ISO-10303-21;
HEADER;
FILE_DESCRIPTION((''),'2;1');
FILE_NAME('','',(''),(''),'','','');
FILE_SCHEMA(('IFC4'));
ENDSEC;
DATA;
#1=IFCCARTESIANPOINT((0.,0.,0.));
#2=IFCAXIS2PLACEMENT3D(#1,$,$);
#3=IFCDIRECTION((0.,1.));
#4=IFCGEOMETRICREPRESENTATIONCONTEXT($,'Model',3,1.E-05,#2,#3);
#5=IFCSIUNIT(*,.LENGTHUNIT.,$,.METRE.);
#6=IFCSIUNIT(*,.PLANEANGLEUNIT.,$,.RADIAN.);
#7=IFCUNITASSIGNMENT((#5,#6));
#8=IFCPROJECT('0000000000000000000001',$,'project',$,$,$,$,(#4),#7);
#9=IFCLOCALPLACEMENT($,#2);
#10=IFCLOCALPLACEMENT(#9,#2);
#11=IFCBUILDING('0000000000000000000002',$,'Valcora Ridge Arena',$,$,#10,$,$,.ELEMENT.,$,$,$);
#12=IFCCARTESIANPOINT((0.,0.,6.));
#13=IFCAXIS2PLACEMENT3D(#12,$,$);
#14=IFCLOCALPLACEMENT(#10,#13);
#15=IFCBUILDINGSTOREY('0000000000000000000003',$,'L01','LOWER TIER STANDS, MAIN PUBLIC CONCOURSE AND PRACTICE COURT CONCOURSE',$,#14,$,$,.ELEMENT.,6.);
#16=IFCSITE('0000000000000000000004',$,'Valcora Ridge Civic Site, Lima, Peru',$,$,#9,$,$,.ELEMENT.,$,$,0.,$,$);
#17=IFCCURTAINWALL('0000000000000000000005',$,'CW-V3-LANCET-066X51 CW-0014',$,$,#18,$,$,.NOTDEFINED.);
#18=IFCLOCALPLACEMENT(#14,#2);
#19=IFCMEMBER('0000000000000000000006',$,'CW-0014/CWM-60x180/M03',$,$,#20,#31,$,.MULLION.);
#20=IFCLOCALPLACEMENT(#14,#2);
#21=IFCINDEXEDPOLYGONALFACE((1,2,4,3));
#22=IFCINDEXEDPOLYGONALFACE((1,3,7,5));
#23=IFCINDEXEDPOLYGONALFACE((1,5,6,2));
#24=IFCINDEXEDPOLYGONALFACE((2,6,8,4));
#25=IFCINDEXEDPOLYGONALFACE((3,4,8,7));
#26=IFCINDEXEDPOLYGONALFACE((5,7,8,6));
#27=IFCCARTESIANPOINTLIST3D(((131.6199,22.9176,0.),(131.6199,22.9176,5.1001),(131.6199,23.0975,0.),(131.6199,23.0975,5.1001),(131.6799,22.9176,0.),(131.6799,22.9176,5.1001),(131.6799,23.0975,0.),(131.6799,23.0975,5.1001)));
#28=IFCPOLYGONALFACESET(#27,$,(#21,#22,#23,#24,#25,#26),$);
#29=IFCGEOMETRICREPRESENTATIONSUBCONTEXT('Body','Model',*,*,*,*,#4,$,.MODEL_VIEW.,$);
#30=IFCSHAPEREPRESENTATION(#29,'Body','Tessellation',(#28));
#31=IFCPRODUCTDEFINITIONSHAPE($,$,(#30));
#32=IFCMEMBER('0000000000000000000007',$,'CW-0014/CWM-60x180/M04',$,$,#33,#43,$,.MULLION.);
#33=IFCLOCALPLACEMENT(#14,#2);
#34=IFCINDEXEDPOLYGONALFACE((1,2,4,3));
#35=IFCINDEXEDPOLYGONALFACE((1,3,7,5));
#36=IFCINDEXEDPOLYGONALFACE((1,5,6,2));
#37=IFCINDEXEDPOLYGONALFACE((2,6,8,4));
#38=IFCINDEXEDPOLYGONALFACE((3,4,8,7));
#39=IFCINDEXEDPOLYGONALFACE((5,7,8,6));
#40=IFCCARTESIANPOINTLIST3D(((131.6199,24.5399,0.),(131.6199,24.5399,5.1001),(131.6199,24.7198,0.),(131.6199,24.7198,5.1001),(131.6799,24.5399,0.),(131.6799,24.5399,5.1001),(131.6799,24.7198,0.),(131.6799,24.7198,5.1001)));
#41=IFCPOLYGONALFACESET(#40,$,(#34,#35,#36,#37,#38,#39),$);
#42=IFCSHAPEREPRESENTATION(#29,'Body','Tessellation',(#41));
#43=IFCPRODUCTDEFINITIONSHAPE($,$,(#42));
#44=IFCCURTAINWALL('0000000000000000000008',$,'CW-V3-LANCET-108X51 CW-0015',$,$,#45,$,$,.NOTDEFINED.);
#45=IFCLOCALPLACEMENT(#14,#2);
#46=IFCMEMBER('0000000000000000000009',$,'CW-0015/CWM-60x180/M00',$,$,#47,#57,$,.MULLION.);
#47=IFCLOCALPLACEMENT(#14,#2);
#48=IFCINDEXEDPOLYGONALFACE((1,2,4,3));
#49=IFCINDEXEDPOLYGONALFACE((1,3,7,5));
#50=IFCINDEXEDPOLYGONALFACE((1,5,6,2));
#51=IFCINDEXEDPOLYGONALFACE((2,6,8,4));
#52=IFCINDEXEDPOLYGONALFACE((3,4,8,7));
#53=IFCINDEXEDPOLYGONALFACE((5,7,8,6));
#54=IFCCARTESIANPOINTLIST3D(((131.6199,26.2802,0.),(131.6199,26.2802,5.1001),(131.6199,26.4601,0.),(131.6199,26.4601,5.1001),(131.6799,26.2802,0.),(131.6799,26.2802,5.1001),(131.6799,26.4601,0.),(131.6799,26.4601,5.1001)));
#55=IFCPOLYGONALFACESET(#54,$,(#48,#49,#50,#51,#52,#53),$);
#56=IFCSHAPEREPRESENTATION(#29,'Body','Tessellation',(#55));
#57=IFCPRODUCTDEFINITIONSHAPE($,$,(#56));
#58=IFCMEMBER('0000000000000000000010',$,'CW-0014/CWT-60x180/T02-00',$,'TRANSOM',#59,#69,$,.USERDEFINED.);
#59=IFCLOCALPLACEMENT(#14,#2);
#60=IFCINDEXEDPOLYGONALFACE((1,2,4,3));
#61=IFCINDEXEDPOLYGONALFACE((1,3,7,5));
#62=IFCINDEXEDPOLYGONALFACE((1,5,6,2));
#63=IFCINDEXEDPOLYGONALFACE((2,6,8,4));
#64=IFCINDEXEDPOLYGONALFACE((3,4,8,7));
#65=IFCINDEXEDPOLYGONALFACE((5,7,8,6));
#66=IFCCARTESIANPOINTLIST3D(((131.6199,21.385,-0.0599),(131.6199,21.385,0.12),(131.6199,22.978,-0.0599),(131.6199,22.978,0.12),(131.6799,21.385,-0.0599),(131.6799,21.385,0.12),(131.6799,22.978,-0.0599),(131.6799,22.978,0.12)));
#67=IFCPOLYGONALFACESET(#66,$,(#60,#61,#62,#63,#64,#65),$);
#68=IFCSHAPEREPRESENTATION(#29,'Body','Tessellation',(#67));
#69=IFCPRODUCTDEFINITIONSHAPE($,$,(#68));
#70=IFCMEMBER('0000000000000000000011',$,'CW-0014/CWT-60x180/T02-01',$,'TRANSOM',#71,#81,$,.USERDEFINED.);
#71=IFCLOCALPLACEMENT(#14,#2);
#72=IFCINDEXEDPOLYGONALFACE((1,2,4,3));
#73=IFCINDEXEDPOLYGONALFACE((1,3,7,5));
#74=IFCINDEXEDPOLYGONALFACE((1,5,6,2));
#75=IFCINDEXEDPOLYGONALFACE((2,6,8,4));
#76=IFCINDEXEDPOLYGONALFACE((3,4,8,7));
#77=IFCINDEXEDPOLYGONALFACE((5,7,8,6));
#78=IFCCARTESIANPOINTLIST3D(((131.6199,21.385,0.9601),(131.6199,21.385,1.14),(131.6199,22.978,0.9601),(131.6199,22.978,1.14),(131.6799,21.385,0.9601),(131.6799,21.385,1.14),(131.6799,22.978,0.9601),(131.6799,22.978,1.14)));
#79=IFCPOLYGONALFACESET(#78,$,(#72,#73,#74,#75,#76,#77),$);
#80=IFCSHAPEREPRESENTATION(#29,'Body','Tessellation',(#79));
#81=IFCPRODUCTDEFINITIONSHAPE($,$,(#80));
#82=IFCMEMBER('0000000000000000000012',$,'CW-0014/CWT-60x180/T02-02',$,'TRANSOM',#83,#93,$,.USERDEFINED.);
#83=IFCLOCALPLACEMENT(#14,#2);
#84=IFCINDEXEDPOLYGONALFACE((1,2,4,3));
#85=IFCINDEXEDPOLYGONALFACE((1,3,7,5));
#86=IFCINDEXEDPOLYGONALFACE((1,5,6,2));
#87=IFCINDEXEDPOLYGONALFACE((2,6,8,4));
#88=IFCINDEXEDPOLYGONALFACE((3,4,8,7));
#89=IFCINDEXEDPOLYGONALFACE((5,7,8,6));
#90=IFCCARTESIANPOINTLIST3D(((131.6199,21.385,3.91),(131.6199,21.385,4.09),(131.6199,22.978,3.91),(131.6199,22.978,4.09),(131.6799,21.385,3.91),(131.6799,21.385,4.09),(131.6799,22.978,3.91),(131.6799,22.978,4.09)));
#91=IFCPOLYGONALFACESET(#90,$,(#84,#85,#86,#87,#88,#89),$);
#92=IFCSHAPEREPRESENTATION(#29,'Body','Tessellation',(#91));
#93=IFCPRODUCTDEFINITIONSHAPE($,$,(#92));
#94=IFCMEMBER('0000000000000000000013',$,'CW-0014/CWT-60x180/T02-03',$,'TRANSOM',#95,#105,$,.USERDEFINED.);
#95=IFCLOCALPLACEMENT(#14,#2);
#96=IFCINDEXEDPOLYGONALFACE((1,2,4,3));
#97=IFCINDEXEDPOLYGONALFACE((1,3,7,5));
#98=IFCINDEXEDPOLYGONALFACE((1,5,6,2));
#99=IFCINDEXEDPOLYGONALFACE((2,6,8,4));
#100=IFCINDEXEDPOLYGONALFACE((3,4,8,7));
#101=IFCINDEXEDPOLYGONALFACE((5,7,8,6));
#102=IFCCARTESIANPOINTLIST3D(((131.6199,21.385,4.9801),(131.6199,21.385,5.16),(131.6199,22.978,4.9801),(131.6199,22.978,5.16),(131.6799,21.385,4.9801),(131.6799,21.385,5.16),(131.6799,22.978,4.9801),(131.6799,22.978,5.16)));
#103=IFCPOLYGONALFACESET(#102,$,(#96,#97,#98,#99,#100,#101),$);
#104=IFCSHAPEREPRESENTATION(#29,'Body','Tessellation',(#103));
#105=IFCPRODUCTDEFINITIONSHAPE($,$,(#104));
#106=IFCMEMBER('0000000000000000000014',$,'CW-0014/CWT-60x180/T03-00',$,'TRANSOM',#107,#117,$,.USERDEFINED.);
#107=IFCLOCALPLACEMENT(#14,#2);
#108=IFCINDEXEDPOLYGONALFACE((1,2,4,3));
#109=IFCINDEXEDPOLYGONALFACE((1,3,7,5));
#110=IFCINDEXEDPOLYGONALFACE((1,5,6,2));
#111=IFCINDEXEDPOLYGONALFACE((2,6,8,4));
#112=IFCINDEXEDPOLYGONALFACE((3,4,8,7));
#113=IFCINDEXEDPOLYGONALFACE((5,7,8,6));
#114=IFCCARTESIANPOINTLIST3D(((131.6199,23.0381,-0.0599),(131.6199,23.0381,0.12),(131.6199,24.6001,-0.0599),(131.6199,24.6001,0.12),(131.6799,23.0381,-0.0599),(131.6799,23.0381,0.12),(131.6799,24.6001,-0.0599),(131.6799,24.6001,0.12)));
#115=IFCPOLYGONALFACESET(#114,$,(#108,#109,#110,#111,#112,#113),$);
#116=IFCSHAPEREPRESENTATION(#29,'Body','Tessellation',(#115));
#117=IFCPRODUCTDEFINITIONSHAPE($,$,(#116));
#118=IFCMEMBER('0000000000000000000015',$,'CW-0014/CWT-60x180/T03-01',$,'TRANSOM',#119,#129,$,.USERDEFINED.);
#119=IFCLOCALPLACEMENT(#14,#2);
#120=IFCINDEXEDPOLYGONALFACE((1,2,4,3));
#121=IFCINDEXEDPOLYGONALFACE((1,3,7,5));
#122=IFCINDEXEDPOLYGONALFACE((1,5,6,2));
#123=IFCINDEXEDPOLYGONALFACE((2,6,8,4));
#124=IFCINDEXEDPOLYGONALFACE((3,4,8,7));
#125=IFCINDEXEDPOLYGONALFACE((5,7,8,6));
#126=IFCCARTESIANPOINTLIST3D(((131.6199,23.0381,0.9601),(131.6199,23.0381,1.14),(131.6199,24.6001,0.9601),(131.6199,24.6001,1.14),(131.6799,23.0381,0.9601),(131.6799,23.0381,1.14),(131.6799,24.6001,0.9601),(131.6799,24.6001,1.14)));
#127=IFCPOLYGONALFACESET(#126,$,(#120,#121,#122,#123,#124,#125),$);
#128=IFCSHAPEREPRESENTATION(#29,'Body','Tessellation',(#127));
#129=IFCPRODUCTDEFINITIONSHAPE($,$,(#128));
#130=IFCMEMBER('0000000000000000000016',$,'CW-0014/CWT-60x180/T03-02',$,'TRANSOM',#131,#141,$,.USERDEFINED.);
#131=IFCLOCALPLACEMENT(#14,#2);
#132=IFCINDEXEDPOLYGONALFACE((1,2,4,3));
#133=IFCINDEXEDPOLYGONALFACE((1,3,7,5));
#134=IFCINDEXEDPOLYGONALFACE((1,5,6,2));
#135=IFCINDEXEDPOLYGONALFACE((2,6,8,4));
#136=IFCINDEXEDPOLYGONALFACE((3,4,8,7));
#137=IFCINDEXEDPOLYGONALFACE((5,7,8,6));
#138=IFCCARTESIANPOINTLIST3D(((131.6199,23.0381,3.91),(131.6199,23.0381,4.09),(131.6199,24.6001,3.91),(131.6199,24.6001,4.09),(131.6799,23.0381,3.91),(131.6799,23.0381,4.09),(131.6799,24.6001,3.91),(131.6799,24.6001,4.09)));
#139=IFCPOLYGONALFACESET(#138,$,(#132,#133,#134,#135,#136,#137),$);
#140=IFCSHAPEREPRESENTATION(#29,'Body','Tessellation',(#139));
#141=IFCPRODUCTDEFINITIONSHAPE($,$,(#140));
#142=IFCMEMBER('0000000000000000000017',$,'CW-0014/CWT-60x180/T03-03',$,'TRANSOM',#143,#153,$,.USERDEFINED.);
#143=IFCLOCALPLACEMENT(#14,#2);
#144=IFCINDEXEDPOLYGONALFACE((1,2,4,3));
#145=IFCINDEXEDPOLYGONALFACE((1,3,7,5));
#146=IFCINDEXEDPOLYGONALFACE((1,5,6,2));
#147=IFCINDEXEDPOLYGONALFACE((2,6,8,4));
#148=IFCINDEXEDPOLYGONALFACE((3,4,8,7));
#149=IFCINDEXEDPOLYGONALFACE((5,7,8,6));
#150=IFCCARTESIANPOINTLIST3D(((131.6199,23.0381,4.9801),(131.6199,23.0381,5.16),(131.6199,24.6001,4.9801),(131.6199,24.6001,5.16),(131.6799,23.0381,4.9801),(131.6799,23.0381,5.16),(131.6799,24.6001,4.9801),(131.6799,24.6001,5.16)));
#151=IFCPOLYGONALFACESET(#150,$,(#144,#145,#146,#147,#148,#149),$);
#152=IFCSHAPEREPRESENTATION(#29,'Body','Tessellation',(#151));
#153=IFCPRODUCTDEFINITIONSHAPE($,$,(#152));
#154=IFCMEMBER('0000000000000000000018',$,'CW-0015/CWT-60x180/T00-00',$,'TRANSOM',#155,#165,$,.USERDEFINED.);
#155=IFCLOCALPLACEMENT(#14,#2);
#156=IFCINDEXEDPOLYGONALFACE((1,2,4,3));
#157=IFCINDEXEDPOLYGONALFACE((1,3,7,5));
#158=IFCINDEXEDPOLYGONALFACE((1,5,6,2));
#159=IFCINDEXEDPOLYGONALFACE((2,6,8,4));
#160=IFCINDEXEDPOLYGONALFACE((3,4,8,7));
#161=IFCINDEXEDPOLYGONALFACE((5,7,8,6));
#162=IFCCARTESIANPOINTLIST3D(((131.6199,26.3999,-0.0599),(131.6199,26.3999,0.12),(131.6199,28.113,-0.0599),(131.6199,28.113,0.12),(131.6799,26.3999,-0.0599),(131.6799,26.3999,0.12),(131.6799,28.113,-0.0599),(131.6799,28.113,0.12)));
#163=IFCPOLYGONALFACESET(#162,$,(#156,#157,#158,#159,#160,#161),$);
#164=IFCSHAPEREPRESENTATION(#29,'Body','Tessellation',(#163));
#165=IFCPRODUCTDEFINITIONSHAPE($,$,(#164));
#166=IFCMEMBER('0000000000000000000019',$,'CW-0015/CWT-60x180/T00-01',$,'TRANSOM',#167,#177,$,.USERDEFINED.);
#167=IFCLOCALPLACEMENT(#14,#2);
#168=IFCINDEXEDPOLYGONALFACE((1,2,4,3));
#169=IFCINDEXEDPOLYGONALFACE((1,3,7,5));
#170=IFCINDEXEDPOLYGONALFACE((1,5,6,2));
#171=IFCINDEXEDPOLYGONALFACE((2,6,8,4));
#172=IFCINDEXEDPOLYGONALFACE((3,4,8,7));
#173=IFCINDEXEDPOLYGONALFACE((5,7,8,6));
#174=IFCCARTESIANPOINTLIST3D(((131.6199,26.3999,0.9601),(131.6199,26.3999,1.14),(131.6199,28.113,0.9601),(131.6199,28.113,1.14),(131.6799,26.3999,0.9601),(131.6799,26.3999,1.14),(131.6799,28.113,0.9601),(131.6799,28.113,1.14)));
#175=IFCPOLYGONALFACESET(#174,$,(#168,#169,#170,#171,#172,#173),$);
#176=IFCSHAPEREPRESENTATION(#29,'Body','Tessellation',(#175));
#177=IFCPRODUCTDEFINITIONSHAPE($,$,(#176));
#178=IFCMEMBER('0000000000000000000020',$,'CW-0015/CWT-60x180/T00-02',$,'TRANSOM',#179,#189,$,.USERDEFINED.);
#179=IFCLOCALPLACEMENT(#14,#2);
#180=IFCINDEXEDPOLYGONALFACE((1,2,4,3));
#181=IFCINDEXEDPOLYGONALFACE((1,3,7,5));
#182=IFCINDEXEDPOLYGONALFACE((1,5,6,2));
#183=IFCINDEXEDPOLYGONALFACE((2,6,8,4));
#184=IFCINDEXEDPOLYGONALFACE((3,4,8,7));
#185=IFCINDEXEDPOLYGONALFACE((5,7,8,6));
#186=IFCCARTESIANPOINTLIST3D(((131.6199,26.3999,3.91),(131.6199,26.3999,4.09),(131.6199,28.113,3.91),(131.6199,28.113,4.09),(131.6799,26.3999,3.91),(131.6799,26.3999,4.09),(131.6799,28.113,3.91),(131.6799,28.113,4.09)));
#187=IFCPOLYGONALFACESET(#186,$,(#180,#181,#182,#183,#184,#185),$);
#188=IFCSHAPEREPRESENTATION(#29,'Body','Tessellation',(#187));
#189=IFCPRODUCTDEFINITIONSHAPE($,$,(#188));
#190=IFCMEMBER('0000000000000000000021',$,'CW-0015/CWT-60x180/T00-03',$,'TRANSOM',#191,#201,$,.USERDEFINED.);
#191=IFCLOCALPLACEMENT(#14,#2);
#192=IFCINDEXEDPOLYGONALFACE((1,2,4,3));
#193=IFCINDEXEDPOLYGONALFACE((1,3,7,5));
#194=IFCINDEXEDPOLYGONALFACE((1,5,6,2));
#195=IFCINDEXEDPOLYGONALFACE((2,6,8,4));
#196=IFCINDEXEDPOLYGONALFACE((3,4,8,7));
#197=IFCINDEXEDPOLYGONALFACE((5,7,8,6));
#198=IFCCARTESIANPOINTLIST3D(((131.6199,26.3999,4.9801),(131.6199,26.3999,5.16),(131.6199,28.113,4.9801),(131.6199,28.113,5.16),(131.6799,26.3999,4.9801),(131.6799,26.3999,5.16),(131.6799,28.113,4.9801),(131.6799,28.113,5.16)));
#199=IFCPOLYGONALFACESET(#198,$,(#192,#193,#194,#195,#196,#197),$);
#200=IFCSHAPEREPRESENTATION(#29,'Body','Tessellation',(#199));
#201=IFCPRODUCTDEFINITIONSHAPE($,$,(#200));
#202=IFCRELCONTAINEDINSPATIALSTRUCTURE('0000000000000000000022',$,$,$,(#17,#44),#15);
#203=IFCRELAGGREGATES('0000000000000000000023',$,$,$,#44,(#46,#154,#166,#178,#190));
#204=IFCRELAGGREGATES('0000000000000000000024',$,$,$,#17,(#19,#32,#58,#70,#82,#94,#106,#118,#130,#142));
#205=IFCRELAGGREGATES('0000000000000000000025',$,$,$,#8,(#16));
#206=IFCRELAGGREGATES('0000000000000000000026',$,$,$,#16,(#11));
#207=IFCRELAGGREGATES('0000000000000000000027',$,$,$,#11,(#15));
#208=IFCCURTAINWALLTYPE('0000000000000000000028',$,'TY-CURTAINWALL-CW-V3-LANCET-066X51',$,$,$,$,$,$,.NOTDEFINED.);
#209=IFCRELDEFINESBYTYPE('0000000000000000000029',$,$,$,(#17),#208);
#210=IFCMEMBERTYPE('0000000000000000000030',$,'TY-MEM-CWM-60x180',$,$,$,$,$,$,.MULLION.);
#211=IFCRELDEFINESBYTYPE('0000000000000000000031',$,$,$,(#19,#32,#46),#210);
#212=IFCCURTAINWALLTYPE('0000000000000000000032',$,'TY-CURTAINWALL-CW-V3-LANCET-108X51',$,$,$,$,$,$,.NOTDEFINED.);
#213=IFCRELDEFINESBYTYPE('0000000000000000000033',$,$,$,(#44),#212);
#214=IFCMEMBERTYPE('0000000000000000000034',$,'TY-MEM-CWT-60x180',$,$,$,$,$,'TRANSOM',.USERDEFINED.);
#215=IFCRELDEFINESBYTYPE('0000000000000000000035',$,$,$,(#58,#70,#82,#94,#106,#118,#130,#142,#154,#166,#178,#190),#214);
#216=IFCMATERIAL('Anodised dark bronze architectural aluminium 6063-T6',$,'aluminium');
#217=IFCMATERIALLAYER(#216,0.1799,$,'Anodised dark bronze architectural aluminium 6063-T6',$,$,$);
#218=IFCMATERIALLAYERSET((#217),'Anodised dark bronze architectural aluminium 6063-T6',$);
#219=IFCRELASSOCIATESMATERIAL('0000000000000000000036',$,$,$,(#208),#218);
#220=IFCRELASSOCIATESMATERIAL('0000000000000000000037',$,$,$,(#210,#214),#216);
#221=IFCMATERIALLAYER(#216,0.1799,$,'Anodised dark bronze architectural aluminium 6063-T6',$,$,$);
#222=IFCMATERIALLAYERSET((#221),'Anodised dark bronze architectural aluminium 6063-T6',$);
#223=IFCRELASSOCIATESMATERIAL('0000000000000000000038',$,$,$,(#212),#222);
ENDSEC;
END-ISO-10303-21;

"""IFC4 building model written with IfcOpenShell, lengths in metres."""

from ifc_helpers import new_model, si_unit, direction, frame, origin, origin_2d, place, context, subcontext, project, spatial, rectangle, extrude, material, layer, layer_set, material_profile, profile_set, type_object, element, aggregate, save


model = new_model("IFC4")

# Units and contexts
model_context = context("Model", 3, precision=1e-05, world=origin(), true_north=direction((0.0, 1.0)))
body_context = subcontext(model_context, "Body", "Model", "MODEL_VIEW")
ifc_project = project(units=[si_unit("LENGTHUNIT", "METRE"), si_unit("PLANEANGLEUNIT", "RADIAN")], contexts=[model_context])

# Site, building, storey
site_placement = place(None, origin())
site = spatial("IfcSite", under=ifc_project, at=site_placement, Name="Valcora Ridge Civic Site, Lima, Peru", CompositionType="ELEMENT", RefElevation=0.0)
building_placement = place(site_placement, origin())
building = spatial("IfcBuilding", under=site, at=building_placement, Name="Valcora Ridge Arena", CompositionType="ELEMENT")
storey_placement = place(building_placement, frame((0.0, 0.0, 6.0)))
storey = spatial("IfcBuildingStorey", under=building, at=storey_placement, Name="L01", Description="LOWER TIER STANDS, MAIN PUBLIC CONCOURSE AND PRACTICE COURT CONCOURSE", CompositionType="ELEMENT", Elevation=6.0)

# Curtain wall, members
ifc_material_1 = material(Name="Anodised dark bronze architectural aluminium 6063-T6", Category="aluminium")
ifc_layer_1 = layer(ifc_material_1, 0.1799, Name="Anodised dark bronze architectural aluminium 6063-T6")
ifc_layer_set_1 = layer_set([ifc_layer_1], Name="Anodised dark bronze architectural aluminium 6063-T6")
curtain_wall_type_1 = type_object("IfcCurtainWallType", Name="TY-CURTAINWALL-CW-V3-LANCET-066X51", PredefinedType="NOTDEFINED", material=ifc_layer_set_1)
curtain_wall_1_placement = place(storey_placement, origin())
curtain_wall_1 = element("IfcCurtainWall", 1, at=curtain_wall_1_placement, inside=storey, type_object=curtain_wall_type_1, Name="CW-V3-LANCET-066X51 CW-0014", PredefinedType="NOTDEFINED")
ifc_material_profile_1 = material_profile(ifc_material_1, rectangle(XDim=0.0601, YDim=0.1799, at=origin_2d()), Name="ALU MULLION 60x180")
ifc_profile_set_1 = profile_set([ifc_material_profile_1], Name="Anodised dark bronze architectural aluminium 6063-T6")
member_type_1 = type_object("IfcMemberType", Name="TY-MEM-CWM-60x180", PredefinedType="MULLION", material=ifc_profile_set_1)
member_1_placement = place(storey_placement, frame((131.6499, 23.0076, 0.0), z_axis=(0.0, 0.0, 1.0), x_axis=(-1.0, 0.0, 0.0)))
member_1 = element("IfcMember", 2, at=member_1_placement, type_object=member_type_1, Name="CW-0014/CWM-60x180/M03", PredefinedType="MULLION", context=body_context, shape_type="SweptSolid", body=[
    extrude(rectangle(XDim=0.0601, YDim=0.1799, at=origin_2d()), origin(), (0.0, 0.0, 1.0), 5.1001),
])
member_2_placement = place(storey_placement, frame((131.6499, 24.6299, 0.0), z_axis=(0.0, 0.0, 1.0), x_axis=(-1.0, 0.0, 0.0)))
member_2 = element("IfcMember", 3, at=member_2_placement, type_object=member_type_1, Name="CW-0014/CWM-60x180/M04", PredefinedType="MULLION", context=body_context, shape_type="SweptSolid", body=[
    extrude(rectangle(XDim=0.0601, YDim=0.1799, at=origin_2d()), origin(), (0.0, 0.0, 1.0), 5.1001),
])

# Curtain wall, member
ifc_layer_2 = layer(ifc_material_1, 0.1799, Name="Anodised dark bronze architectural aluminium 6063-T6")
ifc_layer_set_2 = layer_set([ifc_layer_2], Name="Anodised dark bronze architectural aluminium 6063-T6")
curtain_wall_type_2 = type_object("IfcCurtainWallType", Name="TY-CURTAINWALL-CW-V3-LANCET-108X51", PredefinedType="NOTDEFINED", material=ifc_layer_set_2)
curtain_wall_2_placement = place(storey_placement, origin())
curtain_wall_2 = element("IfcCurtainWall", 4, at=curtain_wall_2_placement, inside=storey, type_object=curtain_wall_type_2, Name="CW-V3-LANCET-108X51 CW-0015", PredefinedType="NOTDEFINED")
member_3_placement = place(storey_placement, frame((131.6499, 26.3701, 0.0), z_axis=(0.0, 0.0, 1.0), x_axis=(-1.0, 0.0, 0.0)))
member_3 = element("IfcMember", 5, at=member_3_placement, type_object=member_type_1, Name="CW-0015/CWM-60x180/M00", PredefinedType="MULLION", context=body_context, shape_type="SweptSolid", body=[
    extrude(rectangle(XDim=0.0601, YDim=0.1799, at=origin_2d()), origin(), (0.0, 0.0, 1.0), 5.1001),
])

# Members
ifc_material_profile_2 = material_profile(ifc_material_1, rectangle(XDim=0.0601, YDim=0.1799, at=origin_2d()), Name="ALU TRANSOM 60x180")
ifc_profile_set_2 = profile_set([ifc_material_profile_2], Name="Anodised dark bronze architectural aluminium 6063-T6")
member_type_2 = type_object("IfcMemberType", Name="TY-MEM-CWT-60x180", ElementType="TRANSOM", PredefinedType="USERDEFINED", material=ifc_profile_set_2)
member_4_placement = place(storey_placement, frame((131.6499, 21.385, 0.03), z_axis=(0.0, 1.0, 0.0), x_axis=(-1.0, 0.0, 0.0)))
member_4 = element("IfcMember", 6, at=member_4_placement, type_object=member_type_2, Name="CW-0014/CWT-60x180/T02-00", ObjectType="TRANSOM", PredefinedType="USERDEFINED", context=body_context, shape_type="SweptSolid", body=[
    extrude(rectangle(XDim=0.0601, YDim=0.1799, at=origin_2d()), origin(), (0.0, 0.0, 1.0), 1.593),
])
member_5_placement = place(storey_placement, frame((131.6499, 21.385, 1.05), z_axis=(0.0, 1.0, 0.0), x_axis=(-1.0, 0.0, 0.0)))
member_5 = element("IfcMember", 7, at=member_5_placement, type_object=member_type_2, Name="CW-0014/CWT-60x180/T02-01", ObjectType="TRANSOM", PredefinedType="USERDEFINED", context=body_context, shape_type="SweptSolid", body=[
    extrude(rectangle(XDim=0.0601, YDim=0.1799, at=origin_2d()), origin(), (0.0, 0.0, 1.0), 1.593),
])
member_6_placement = place(storey_placement, frame((131.6499, 21.385, 4.0), z_axis=(0.0, 1.0, 0.0), x_axis=(-1.0, 0.0, 0.0)))
member_6 = element("IfcMember", 8, at=member_6_placement, type_object=member_type_2, Name="CW-0014/CWT-60x180/T02-02", ObjectType="TRANSOM", PredefinedType="USERDEFINED", context=body_context, shape_type="SweptSolid", body=[
    extrude(rectangle(XDim=0.0601, YDim=0.1799, at=origin_2d()), origin(), (0.0, 0.0, 1.0), 1.593),
])
member_7_placement = place(storey_placement, frame((131.6499, 21.385, 5.0701), z_axis=(0.0, 1.0, 0.0), x_axis=(-1.0, 0.0, 0.0)))
member_7 = element("IfcMember", 9, at=member_7_placement, type_object=member_type_2, Name="CW-0014/CWT-60x180/T02-03", ObjectType="TRANSOM", PredefinedType="USERDEFINED", context=body_context, shape_type="SweptSolid", body=[
    extrude(rectangle(XDim=0.0601, YDim=0.1799, at=origin_2d()), origin(), (0.0, 0.0, 1.0), 1.593),
])
member_8_placement = place(storey_placement, frame((131.6499, 23.0381, 0.03), z_axis=(0.0, 1.0, 0.0), x_axis=(-1.0, 0.0, 0.0)))
member_8 = element("IfcMember", 10, at=member_8_placement, type_object=member_type_2, Name="CW-0014/CWT-60x180/T03-00", ObjectType="TRANSOM", PredefinedType="USERDEFINED", context=body_context, shape_type="SweptSolid", body=[
    extrude(rectangle(XDim=0.0601, YDim=0.1799, at=origin_2d()), origin(), (0.0, 0.0, 1.0), 1.562),
])
member_9_placement = place(storey_placement, frame((131.6499, 23.0381, 1.05), z_axis=(0.0, 1.0, 0.0), x_axis=(-1.0, 0.0, 0.0)))
member_9 = element("IfcMember", 11, at=member_9_placement, type_object=member_type_2, Name="CW-0014/CWT-60x180/T03-01", ObjectType="TRANSOM", PredefinedType="USERDEFINED", context=body_context, shape_type="SweptSolid", body=[
    extrude(rectangle(XDim=0.0601, YDim=0.1799, at=origin_2d()), origin(), (0.0, 0.0, 1.0), 1.562),
])
member_10_placement = place(storey_placement, frame((131.6499, 23.0381, 4.0), z_axis=(0.0, 1.0, 0.0), x_axis=(-1.0, 0.0, 0.0)))
member_10 = element("IfcMember", 12, at=member_10_placement, type_object=member_type_2, Name="CW-0014/CWT-60x180/T03-02", ObjectType="TRANSOM", PredefinedType="USERDEFINED", context=body_context, shape_type="SweptSolid", body=[
    extrude(rectangle(XDim=0.0601, YDim=0.1799, at=origin_2d()), origin(), (0.0, 0.0, 1.0), 1.562),
])
member_11_placement = place(storey_placement, frame((131.6499, 23.0381, 5.0701), z_axis=(0.0, 1.0, 0.0), x_axis=(-1.0, 0.0, 0.0)))
member_11 = element("IfcMember", 13, at=member_11_placement, type_object=member_type_2, Name="CW-0014/CWT-60x180/T03-03", ObjectType="TRANSOM", PredefinedType="USERDEFINED", context=body_context, shape_type="SweptSolid", body=[
    extrude(rectangle(XDim=0.0601, YDim=0.1799, at=origin_2d()), origin(), (0.0, 0.0, 1.0), 1.562),
])
member_12_placement = place(storey_placement, frame((131.6499, 26.3999, 0.03), z_axis=(0.0, 1.0, 0.0), x_axis=(-1.0, 0.0, 0.0)))
member_12 = element("IfcMember", 14, at=member_12_placement, type_object=member_type_2, Name="CW-0015/CWT-60x180/T00-00", ObjectType="TRANSOM", PredefinedType="USERDEFINED", context=body_context, shape_type="SweptSolid", body=[
    extrude(rectangle(XDim=0.0601, YDim=0.1799, at=origin_2d()), origin(), (0.0, 0.0, 1.0), 1.7131),
])
member_13_placement = place(storey_placement, frame((131.6499, 26.3999, 1.05), z_axis=(0.0, 1.0, 0.0), x_axis=(-1.0, 0.0, 0.0)))
member_13 = element("IfcMember", 15, at=member_13_placement, type_object=member_type_2, Name="CW-0015/CWT-60x180/T00-01", ObjectType="TRANSOM", PredefinedType="USERDEFINED", context=body_context, shape_type="SweptSolid", body=[
    extrude(rectangle(XDim=0.0601, YDim=0.1799, at=origin_2d()), origin(), (0.0, 0.0, 1.0), 1.7131),
])
member_14_placement = place(storey_placement, frame((131.6499, 26.3999, 4.0), z_axis=(0.0, 1.0, 0.0), x_axis=(-1.0, 0.0, 0.0)))
member_14 = element("IfcMember", 16, at=member_14_placement, type_object=member_type_2, Name="CW-0015/CWT-60x180/T00-02", ObjectType="TRANSOM", PredefinedType="USERDEFINED", context=body_context, shape_type="SweptSolid", body=[
    extrude(rectangle(XDim=0.0601, YDim=0.1799, at=origin_2d()), origin(), (0.0, 0.0, 1.0), 1.7131),
])
member_15_placement = place(storey_placement, frame((131.6499, 26.3999, 5.0701), z_axis=(0.0, 1.0, 0.0), x_axis=(-1.0, 0.0, 0.0)))
member_15 = element("IfcMember", 17, at=member_15_placement, type_object=member_type_2, Name="CW-0015/CWT-60x180/T00-03", ObjectType="TRANSOM", PredefinedType="USERDEFINED", context=body_context, shape_type="SweptSolid", body=[
    extrude(rectangle(XDim=0.0601, YDim=0.1799, at=origin_2d()), origin(), (0.0, 0.0, 1.0), 1.7131),
])
aggregate(curtain_wall_2, [member_3, member_12, member_13, member_14, member_15])

aggregate(curtain_wall_1, [member_1, member_2, member_4, member_5, member_6, member_7, member_8, member_9, member_10, member_11])

save(model, "model.ifc")
